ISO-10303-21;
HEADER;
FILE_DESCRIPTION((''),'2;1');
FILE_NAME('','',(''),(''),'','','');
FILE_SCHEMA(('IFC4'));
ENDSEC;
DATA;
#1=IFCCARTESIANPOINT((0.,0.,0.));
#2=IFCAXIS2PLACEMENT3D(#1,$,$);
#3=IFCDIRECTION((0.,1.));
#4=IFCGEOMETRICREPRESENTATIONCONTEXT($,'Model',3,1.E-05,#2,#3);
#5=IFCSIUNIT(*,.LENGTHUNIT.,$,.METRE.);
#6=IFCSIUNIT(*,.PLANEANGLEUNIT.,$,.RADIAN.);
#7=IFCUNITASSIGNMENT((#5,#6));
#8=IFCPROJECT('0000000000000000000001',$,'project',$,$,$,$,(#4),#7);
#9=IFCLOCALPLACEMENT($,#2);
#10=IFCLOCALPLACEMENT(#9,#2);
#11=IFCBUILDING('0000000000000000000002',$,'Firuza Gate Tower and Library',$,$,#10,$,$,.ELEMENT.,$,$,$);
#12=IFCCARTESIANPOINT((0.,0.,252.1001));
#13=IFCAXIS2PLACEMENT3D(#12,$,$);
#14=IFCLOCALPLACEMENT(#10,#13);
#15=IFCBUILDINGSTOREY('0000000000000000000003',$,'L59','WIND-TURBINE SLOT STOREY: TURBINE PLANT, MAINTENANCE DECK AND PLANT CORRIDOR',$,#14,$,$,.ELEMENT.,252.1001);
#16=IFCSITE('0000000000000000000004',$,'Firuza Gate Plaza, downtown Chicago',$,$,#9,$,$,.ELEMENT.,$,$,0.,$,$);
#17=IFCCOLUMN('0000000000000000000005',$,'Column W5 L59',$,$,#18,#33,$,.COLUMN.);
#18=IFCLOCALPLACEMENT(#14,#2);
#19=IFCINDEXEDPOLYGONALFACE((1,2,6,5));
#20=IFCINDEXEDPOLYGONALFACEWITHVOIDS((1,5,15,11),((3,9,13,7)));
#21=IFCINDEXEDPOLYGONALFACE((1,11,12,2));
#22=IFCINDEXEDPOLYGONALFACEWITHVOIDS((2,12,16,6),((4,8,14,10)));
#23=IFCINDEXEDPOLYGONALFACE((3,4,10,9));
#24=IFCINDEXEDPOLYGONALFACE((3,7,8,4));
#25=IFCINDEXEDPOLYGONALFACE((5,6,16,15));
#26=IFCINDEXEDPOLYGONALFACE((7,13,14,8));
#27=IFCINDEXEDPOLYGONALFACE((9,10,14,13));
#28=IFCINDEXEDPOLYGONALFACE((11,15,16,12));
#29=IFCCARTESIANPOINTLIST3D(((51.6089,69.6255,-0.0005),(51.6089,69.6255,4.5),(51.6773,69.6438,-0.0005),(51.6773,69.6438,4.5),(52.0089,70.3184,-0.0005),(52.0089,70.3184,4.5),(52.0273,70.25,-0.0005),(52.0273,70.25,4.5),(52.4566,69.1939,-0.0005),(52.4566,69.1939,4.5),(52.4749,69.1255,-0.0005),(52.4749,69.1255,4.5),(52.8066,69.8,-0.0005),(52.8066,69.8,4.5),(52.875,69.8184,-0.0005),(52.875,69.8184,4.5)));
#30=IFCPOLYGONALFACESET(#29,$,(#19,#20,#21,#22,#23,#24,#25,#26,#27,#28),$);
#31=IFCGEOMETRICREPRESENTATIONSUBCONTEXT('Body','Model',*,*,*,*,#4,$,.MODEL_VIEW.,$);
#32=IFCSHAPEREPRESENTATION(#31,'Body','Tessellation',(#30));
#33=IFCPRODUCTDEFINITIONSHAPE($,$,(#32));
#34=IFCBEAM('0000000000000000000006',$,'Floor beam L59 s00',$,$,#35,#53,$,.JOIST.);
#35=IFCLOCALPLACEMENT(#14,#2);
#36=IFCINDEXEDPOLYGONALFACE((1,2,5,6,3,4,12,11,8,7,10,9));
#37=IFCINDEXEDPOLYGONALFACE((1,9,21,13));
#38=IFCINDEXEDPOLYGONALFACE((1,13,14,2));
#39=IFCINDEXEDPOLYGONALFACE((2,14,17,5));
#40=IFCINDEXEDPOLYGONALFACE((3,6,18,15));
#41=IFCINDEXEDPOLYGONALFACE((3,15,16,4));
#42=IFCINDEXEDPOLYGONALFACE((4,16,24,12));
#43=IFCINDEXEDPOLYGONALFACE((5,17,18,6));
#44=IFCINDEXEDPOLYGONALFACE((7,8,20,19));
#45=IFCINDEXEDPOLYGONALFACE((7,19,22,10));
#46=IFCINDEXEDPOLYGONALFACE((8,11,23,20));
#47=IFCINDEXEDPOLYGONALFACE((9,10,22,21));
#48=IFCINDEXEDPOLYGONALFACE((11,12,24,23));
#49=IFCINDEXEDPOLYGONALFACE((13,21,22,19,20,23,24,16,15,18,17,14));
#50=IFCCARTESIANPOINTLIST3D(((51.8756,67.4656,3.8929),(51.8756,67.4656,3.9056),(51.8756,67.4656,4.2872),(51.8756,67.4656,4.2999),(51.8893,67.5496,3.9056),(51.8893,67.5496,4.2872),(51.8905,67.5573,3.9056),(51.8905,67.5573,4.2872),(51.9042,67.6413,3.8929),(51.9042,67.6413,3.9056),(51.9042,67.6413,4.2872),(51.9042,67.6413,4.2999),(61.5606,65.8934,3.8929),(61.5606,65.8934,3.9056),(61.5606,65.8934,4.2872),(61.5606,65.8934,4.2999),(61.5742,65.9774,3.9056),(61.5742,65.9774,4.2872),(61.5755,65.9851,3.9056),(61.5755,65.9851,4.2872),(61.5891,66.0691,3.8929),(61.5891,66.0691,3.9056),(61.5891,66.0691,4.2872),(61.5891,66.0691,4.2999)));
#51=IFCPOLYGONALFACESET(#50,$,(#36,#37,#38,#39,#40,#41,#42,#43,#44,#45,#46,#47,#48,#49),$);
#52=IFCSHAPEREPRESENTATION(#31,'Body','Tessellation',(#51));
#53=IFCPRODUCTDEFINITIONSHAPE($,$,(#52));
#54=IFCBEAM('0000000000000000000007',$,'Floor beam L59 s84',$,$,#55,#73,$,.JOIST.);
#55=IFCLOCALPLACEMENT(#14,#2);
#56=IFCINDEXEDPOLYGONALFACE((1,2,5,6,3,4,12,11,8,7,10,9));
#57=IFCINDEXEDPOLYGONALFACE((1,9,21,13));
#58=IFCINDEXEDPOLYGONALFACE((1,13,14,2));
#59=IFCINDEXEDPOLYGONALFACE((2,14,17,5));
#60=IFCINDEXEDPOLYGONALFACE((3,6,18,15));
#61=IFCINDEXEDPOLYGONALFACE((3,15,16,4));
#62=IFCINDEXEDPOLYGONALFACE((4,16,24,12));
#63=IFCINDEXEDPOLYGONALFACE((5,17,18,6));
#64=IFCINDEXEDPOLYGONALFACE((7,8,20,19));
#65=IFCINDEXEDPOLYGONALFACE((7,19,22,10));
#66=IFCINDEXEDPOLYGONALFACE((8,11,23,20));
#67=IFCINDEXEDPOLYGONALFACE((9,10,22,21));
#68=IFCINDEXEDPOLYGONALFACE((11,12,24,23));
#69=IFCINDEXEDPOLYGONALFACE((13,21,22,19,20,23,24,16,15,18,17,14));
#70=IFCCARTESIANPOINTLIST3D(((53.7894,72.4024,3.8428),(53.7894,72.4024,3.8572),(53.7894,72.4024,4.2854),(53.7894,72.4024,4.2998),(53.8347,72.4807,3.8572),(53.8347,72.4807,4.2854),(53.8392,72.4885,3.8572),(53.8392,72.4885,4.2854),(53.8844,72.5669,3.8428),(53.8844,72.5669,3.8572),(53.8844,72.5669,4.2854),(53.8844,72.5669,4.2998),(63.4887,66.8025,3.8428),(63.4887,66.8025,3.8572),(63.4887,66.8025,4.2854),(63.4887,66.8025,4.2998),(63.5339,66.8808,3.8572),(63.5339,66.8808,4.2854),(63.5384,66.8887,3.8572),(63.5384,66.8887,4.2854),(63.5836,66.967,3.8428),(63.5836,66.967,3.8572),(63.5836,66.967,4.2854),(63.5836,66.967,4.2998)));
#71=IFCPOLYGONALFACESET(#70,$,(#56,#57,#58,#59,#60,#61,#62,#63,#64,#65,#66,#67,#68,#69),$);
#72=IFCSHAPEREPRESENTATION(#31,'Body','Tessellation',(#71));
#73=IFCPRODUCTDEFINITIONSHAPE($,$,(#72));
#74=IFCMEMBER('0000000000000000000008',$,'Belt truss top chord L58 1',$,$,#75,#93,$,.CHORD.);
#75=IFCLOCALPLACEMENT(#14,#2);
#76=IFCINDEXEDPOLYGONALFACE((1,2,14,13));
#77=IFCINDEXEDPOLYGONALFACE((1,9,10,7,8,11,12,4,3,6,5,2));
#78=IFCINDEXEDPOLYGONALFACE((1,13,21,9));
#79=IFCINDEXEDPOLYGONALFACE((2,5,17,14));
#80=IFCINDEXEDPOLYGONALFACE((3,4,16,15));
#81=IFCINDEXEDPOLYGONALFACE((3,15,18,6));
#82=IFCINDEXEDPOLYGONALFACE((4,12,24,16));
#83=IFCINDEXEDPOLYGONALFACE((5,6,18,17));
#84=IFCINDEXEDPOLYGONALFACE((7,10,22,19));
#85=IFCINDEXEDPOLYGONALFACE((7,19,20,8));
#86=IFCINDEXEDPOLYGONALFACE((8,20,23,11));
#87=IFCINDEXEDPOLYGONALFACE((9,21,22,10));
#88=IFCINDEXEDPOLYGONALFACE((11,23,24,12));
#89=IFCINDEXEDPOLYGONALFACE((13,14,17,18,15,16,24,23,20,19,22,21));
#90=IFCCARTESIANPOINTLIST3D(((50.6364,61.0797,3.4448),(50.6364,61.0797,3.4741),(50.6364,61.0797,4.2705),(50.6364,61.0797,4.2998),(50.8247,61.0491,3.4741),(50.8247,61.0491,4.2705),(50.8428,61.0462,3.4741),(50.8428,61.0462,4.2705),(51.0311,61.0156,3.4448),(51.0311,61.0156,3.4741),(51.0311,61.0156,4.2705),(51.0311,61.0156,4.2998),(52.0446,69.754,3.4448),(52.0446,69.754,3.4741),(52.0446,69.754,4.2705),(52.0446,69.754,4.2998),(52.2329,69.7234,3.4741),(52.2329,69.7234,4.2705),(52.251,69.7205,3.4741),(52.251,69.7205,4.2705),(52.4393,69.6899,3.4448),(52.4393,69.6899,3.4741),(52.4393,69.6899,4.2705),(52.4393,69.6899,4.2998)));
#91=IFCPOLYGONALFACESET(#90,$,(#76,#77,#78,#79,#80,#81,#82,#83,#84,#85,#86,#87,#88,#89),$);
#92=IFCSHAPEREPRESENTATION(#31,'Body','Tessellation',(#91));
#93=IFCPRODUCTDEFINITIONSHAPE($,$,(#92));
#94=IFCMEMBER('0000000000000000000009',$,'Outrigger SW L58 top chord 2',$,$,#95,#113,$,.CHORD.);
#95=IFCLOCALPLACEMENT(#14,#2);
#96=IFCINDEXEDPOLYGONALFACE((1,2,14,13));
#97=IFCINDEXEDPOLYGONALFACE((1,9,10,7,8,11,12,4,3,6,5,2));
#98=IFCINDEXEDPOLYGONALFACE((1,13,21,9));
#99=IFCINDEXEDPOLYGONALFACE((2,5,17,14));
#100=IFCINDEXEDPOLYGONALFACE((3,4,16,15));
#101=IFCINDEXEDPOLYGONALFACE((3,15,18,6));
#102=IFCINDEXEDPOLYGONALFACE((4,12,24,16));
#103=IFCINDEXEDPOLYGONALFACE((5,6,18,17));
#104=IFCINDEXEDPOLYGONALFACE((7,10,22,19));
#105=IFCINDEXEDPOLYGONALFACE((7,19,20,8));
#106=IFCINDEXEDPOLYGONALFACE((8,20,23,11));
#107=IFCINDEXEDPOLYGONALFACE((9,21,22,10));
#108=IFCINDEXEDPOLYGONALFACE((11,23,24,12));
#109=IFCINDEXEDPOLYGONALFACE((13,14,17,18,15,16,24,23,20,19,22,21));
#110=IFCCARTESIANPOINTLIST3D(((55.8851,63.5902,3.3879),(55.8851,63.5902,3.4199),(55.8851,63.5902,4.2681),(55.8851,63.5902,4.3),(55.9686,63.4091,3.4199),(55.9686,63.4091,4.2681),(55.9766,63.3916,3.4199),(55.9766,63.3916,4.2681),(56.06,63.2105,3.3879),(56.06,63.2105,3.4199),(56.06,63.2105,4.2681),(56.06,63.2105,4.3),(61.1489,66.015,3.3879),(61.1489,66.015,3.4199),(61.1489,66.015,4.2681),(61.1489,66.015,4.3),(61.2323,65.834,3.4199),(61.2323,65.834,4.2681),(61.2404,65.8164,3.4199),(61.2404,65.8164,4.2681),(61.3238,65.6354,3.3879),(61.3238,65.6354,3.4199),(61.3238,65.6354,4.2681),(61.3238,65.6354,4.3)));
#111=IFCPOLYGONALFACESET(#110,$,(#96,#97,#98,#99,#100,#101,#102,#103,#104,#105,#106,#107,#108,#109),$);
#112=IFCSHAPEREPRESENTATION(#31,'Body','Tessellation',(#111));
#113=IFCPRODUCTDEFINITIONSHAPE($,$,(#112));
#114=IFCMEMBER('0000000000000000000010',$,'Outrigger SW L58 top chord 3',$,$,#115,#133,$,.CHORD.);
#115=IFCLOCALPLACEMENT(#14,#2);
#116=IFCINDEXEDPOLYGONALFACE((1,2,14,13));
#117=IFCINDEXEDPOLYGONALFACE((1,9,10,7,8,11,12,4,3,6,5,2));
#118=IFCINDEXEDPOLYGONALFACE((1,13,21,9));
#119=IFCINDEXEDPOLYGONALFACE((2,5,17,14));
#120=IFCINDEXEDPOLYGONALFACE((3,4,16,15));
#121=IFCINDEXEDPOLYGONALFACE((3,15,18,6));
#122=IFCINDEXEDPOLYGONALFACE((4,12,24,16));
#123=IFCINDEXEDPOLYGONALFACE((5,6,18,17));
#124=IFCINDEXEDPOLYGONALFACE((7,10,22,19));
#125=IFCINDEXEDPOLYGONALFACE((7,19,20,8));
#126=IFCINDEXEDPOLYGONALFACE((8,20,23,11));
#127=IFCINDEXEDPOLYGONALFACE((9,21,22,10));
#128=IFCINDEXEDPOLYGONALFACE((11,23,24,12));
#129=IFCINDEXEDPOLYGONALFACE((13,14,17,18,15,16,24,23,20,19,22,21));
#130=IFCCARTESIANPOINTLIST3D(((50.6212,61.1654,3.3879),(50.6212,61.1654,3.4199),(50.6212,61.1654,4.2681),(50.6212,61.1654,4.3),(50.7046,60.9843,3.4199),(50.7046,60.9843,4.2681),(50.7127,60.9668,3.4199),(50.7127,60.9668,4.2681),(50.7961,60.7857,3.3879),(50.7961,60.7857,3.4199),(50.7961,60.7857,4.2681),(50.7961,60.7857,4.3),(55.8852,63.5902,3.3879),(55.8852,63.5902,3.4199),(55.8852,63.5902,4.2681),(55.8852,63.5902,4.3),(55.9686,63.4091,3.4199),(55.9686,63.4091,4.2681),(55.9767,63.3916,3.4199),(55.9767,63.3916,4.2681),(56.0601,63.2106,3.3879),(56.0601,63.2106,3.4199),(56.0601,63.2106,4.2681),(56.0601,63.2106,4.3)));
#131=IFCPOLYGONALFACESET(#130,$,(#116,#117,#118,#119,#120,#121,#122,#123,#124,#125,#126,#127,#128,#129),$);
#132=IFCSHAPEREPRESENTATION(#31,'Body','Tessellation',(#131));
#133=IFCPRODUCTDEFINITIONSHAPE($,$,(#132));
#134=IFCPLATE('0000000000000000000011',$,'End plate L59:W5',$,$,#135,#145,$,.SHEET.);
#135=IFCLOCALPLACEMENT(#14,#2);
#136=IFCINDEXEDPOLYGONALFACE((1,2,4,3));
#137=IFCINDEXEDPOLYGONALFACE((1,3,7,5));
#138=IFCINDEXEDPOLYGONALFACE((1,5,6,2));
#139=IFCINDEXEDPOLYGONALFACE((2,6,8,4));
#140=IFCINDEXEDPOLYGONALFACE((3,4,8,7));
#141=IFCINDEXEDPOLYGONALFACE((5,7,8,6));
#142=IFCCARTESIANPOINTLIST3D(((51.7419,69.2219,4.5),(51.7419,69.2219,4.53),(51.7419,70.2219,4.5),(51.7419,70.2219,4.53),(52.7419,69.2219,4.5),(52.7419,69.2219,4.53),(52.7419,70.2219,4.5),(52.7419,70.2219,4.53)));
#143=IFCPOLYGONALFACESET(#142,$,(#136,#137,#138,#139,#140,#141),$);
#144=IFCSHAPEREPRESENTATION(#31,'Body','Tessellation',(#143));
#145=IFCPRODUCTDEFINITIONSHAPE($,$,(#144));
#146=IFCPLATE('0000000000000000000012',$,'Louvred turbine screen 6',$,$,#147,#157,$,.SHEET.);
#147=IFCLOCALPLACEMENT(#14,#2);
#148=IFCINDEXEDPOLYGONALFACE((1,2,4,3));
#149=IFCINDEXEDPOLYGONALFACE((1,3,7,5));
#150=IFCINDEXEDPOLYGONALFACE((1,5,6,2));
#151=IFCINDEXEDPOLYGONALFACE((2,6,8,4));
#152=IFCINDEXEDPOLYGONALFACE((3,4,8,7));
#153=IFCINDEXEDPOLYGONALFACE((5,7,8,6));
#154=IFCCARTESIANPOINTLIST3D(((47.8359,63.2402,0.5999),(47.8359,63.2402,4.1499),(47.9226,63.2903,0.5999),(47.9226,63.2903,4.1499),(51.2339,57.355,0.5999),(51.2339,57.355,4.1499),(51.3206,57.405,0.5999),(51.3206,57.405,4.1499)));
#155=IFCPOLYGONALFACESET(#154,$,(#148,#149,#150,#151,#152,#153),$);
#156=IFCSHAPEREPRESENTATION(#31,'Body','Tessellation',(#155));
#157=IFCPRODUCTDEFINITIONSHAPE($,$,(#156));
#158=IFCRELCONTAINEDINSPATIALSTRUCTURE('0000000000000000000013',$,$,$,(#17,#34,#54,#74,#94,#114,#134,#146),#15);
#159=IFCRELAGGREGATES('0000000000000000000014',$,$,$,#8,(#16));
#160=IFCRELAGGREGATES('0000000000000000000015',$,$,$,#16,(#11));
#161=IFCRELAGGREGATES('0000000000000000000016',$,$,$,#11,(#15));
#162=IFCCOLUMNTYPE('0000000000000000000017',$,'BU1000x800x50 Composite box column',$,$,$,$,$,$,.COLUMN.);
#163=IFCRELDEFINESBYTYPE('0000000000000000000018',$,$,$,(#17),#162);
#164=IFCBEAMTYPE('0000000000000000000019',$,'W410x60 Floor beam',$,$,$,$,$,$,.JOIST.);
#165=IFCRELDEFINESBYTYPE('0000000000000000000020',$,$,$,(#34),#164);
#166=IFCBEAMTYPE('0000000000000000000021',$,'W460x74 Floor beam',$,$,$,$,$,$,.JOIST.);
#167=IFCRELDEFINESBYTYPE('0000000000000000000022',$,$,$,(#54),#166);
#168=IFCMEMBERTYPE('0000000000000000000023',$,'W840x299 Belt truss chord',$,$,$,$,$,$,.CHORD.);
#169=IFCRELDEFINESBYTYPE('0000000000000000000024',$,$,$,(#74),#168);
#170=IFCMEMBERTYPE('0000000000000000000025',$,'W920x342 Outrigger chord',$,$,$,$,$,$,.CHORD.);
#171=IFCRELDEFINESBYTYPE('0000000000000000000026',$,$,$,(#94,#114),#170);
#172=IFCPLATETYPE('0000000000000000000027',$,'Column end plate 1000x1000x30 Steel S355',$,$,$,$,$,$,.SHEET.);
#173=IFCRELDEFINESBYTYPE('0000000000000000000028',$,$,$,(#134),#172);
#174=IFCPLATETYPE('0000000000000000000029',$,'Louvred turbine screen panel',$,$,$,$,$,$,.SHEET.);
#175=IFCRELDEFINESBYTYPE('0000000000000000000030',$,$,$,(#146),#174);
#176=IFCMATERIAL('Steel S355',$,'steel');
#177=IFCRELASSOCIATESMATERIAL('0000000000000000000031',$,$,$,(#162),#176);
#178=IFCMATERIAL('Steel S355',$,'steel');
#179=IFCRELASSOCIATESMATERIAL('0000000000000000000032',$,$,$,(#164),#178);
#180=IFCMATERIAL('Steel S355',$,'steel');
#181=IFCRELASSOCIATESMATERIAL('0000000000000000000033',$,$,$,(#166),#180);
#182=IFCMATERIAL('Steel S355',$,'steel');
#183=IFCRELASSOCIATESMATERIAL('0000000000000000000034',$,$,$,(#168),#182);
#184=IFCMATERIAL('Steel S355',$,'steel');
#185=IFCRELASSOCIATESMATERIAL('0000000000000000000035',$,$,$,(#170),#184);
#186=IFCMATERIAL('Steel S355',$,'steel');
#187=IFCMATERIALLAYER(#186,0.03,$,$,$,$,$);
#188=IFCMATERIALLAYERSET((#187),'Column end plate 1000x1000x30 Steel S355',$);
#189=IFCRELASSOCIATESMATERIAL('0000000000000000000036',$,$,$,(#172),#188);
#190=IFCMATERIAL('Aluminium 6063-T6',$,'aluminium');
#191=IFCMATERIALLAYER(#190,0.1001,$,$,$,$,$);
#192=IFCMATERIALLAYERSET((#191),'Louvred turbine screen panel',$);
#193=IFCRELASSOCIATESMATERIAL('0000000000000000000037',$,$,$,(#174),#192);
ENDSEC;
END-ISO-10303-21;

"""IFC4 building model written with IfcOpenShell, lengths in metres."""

from ifc_helpers import new_model, si_unit, direction, frame, origin, origin_2d, place, context, subcontext, project, spatial, polyline, rectangle, hollow_rectangle, i_section, outline, extrude, material, layer, layer_set, material_profile, profile_set, type_object, element, save


model = new_model("IFC4")

# Units and contexts
model_context = context("Model", 3, precision=1e-05, world=origin(), true_north=direction((0.0, 1.0)))
body_context = subcontext(model_context, "Body", "Model", "MODEL_VIEW")
ifc_project = project(units=[si_unit("LENGTHUNIT", "METRE"), si_unit("PLANEANGLEUNIT", "RADIAN")], contexts=[model_context])

# Site, building, storey
site_placement = place(None, origin())
site = spatial("IfcSite", under=ifc_project, at=site_placement, Name="Firuza Gate Plaza, downtown Chicago", CompositionType="ELEMENT", RefElevation=0.0)
building_placement = place(site_placement, origin())
building = spatial("IfcBuilding", under=site, at=building_placement, Name="Firuza Gate Tower and Library", CompositionType="ELEMENT")
storey_placement = place(building_placement, frame((0.0, 0.0, 252.1001)))
storey = spatial("IfcBuildingStorey", under=building, at=storey_placement, Name="L59", Description="WIND-TURBINE SLOT STOREY: TURBINE PLANT, MAINTENANCE DECK AND PLANT CORRIDOR", CompositionType="ELEMENT", Elevation=252.1001)

# Column
ifc_material_1 = material(Name="Steel S355", Category="steel")
ifc_material_profile_1 = material_profile(ifc_material_1, hollow_rectangle(XDim=0.8, YDim=1.0, WallThickness=0.05, at=origin_2d()))
ifc_profile_set_1 = profile_set([ifc_material_profile_1], Name="Steel S355")
column_type = type_object("IfcColumnType", Name="BU1000x800x50 Composite box column", PredefinedType="COLUMN", material=ifc_profile_set_1)
column_placement = place(storey_placement, frame((52.2419, 69.7219, -0.0005), z_axis=(0.0, 0.0, 1.0), x_axis=(-0.5, -0.866025, 0.0)))
element("IfcColumn", 1, at=column_placement, inside=storey, type_object=column_type, Name="Column W5 L59", PredefinedType="COLUMN", context=body_context, shape_type="SweptSolid", body=[
    extrude(hollow_rectangle(XDim=0.8, YDim=1.0, WallThickness=0.05, at=origin_2d()), origin(), (0.0, 0.0, 1.0), 4.5005),
])

# Beams
ifc_material_2 = material(Name="Steel S355", Category="steel")
ifc_material_profile_2 = material_profile(ifc_material_2, i_section(OverallWidth=0.178, OverallDepth=0.407, WebThickness=0.0078, FlangeThickness=0.0127, at=origin_2d()))
ifc_profile_set_2 = profile_set([ifc_material_profile_2], Name="Steel S355")
beam_type_1 = type_object("IfcBeamType", Name="W410x60 Floor beam", PredefinedType="JOIST", material=ifc_profile_set_2)
beam_1_placement = place(storey_placement, frame((51.8899, 67.5535, 4.0964), z_axis=(0.987078, -0.160242, 0.0), x_axis=(0.160242, 0.987078, 0.0)))
element("IfcBeam", 2, at=beam_1_placement, inside=storey, type_object=beam_type_1, Name="Floor beam L59 s00", PredefinedType="JOIST", context=body_context, shape_type="SweptSolid", body=[
    extrude(i_section(OverallWidth=0.178, OverallDepth=0.407, WebThickness=0.0078, FlangeThickness=0.0127, at=origin_2d()), origin(), (0.0, 0.0, 1.0), 9.8118),
])
ifc_material_3 = material(Name="Steel S355", Category="steel")
ifc_material_profile_3 = material_profile(ifc_material_3, i_section(OverallWidth=0.1899, OverallDepth=0.457, WebThickness=0.009, FlangeThickness=0.0144, at=origin_2d()))
ifc_profile_set_3 = profile_set([ifc_material_profile_3], Name="Steel S355")
beam_type_2 = type_object("IfcBeamType", Name="W460x74 Floor beam", PredefinedType="JOIST", material=ifc_profile_set_3)
beam_2_placement = place(storey_placement, frame((53.8369, 72.4846, 4.0713), z_axis=(0.866025, -0.5, 0.0), x_axis=(0.5, 0.866025, 0.0)))
element("IfcBeam", 3, at=beam_2_placement, inside=storey, type_object=beam_type_2, Name="Floor beam L59 s84", PredefinedType="JOIST", context=body_context, shape_type="SweptSolid", body=[
    extrude(i_section(OverallWidth=0.1899, OverallDepth=0.457, WebThickness=0.009, FlangeThickness=0.0144, at=origin_2d()), origin(), (0.0, 0.0, 1.0), 11.1997),
])

# Members
ifc_material_4 = material(Name="Steel S355", Category="steel")
ifc_material_profile_4 = material_profile(ifc_material_4, i_section(OverallWidth=0.3999, OverallDepth=0.855, WebThickness=0.0183, FlangeThickness=0.0293, at=origin_2d()))
ifc_profile_set_4 = profile_set([ifc_material_profile_4], Name="Steel S355")
member_type_1 = type_object("IfcMemberType", Name="W840x299 Belt truss chord", PredefinedType="CHORD", material=ifc_profile_set_4)
member_1_placement = place(storey_placement, frame((52.2419, 69.7219, 3.8723), z_axis=(-0.160244, -0.987077, 0.0), x_axis=(0.987077, -0.160244, 0.0)))
element("IfcMember", 4, at=member_1_placement, inside=storey, type_object=member_type_1, Name="Belt truss top chord L58 1", PredefinedType="CHORD", context=body_context, shape_type="SweptSolid", body=[
    extrude(i_section(OverallWidth=0.3999, OverallDepth=0.855, WebThickness=0.0183, FlangeThickness=0.0293, at=origin_2d()), origin(), (0.0, 0.0, 1.0), 8.7878),
])
ifc_material_5 = material(Name="Steel S355", Category="steel")
ifc_material_profile_5 = material_profile(ifc_material_5, i_section(OverallWidth=0.418, OverallDepth=0.9121, WebThickness=0.0193, FlangeThickness=0.032, at=origin_2d()))
ifc_profile_set_5 = profile_set([ifc_material_profile_5], Name="Steel S355")
member_type_2 = type_object("IfcMemberType", Name="W920x342 Outrigger chord", PredefinedType="CHORD", material=ifc_profile_set_5)
member_2_placement = place(storey_placement, frame((61.2363, 65.8252, 3.844), z_axis=(-0.90826, -0.418406, 0.0), x_axis=(0.418406, -0.90826, 0.0)))
element("IfcMember", 5, at=member_2_placement, inside=storey, type_object=member_type_2, Name="Outrigger SW L58 top chord 2", PredefinedType="CHORD", context=body_context, shape_type="SweptSolid", body=[
    extrude(i_section(OverallWidth=0.418, OverallDepth=0.9121, WebThickness=0.0193, FlangeThickness=0.032, at=origin_2d()), origin(), (0.0, 0.0, 1.0), 5.7954),
])
member_3_placement = place(storey_placement, frame((55.9727, 63.4004, 3.844), z_axis=(-0.908267, -0.41839, 0.0), x_axis=(0.41839, -0.908267, 0.0)))
element("IfcMember", 6, at=member_3_placement, inside=storey, type_object=member_type_2, Name="Outrigger SW L58 top chord 3", PredefinedType="CHORD", context=body_context, shape_type="SweptSolid", body=[
    extrude(i_section(OverallWidth=0.418, OverallDepth=0.9121, WebThickness=0.0193, FlangeThickness=0.032, at=origin_2d()), origin(), (0.0, 0.0, 1.0), 5.7957),
])

# Plates
ifc_material_6 = material(Name="Steel S355", Category="steel")
ifc_layer_1 = layer(ifc_material_6, 0.03)
ifc_layer_set_1 = layer_set([ifc_layer_1], Name="Column end plate 1000x1000x30 Steel S355")
plate_type_1 = type_object("IfcPlateType", Name="Column end plate 1000x1000x30 Steel S355", PredefinedType="SHEET", material=ifc_layer_set_1)
plate_1_placement = place(storey_placement, frame((52.2419, 69.7219, 4.5), z_axis=(0.0, 0.0, 1.0), x_axis=(1.0, 0.0, 0.0)))
element("IfcPlate", 7, at=plate_1_placement, inside=storey, type_object=plate_type_1, Name="End plate L59:W5", PredefinedType="SHEET", context=body_context, shape_type="SweptSolid", body=[
    extrude(rectangle(XDim=1.0, YDim=1.0, at=origin_2d()), origin(), (0.0, 0.0, 1.0), 0.03),
])
ifc_material_7 = material(Name="Aluminium 6063-T6", Category="aluminium")
ifc_layer_2 = layer(ifc_material_7, 0.1001)
ifc_layer_set_2 = layer_set([ifc_layer_2], Name="Louvred turbine screen panel")
plate_type_2 = type_object("IfcPlateType", Name="Louvred turbine screen panel", PredefinedType="SHEET", material=ifc_layer_set_2)
plate_2_placement = place(storey_placement, frame((47.8359, 63.2402, 0.5999), z_axis=(-0.866019, -0.500011, 0.0), x_axis=(0.500011, -0.866019, 0.0)))
element("IfcPlate", 8, at=plate_2_placement, inside=storey, type_object=plate_type_2, Name="Louvred turbine screen 6", PredefinedType="SHEET", context=body_context, shape_type="SweptSolid", body=[
    extrude(outline(polyline([(0.0, 0.0), (6.7958, 0.0), (6.7958, 3.55), (0.0, 3.55), (0.0, 0.0)])), origin(), (0.0, 0.0, -1.0), 0.1001),
])

save(model, "model.ifc")
